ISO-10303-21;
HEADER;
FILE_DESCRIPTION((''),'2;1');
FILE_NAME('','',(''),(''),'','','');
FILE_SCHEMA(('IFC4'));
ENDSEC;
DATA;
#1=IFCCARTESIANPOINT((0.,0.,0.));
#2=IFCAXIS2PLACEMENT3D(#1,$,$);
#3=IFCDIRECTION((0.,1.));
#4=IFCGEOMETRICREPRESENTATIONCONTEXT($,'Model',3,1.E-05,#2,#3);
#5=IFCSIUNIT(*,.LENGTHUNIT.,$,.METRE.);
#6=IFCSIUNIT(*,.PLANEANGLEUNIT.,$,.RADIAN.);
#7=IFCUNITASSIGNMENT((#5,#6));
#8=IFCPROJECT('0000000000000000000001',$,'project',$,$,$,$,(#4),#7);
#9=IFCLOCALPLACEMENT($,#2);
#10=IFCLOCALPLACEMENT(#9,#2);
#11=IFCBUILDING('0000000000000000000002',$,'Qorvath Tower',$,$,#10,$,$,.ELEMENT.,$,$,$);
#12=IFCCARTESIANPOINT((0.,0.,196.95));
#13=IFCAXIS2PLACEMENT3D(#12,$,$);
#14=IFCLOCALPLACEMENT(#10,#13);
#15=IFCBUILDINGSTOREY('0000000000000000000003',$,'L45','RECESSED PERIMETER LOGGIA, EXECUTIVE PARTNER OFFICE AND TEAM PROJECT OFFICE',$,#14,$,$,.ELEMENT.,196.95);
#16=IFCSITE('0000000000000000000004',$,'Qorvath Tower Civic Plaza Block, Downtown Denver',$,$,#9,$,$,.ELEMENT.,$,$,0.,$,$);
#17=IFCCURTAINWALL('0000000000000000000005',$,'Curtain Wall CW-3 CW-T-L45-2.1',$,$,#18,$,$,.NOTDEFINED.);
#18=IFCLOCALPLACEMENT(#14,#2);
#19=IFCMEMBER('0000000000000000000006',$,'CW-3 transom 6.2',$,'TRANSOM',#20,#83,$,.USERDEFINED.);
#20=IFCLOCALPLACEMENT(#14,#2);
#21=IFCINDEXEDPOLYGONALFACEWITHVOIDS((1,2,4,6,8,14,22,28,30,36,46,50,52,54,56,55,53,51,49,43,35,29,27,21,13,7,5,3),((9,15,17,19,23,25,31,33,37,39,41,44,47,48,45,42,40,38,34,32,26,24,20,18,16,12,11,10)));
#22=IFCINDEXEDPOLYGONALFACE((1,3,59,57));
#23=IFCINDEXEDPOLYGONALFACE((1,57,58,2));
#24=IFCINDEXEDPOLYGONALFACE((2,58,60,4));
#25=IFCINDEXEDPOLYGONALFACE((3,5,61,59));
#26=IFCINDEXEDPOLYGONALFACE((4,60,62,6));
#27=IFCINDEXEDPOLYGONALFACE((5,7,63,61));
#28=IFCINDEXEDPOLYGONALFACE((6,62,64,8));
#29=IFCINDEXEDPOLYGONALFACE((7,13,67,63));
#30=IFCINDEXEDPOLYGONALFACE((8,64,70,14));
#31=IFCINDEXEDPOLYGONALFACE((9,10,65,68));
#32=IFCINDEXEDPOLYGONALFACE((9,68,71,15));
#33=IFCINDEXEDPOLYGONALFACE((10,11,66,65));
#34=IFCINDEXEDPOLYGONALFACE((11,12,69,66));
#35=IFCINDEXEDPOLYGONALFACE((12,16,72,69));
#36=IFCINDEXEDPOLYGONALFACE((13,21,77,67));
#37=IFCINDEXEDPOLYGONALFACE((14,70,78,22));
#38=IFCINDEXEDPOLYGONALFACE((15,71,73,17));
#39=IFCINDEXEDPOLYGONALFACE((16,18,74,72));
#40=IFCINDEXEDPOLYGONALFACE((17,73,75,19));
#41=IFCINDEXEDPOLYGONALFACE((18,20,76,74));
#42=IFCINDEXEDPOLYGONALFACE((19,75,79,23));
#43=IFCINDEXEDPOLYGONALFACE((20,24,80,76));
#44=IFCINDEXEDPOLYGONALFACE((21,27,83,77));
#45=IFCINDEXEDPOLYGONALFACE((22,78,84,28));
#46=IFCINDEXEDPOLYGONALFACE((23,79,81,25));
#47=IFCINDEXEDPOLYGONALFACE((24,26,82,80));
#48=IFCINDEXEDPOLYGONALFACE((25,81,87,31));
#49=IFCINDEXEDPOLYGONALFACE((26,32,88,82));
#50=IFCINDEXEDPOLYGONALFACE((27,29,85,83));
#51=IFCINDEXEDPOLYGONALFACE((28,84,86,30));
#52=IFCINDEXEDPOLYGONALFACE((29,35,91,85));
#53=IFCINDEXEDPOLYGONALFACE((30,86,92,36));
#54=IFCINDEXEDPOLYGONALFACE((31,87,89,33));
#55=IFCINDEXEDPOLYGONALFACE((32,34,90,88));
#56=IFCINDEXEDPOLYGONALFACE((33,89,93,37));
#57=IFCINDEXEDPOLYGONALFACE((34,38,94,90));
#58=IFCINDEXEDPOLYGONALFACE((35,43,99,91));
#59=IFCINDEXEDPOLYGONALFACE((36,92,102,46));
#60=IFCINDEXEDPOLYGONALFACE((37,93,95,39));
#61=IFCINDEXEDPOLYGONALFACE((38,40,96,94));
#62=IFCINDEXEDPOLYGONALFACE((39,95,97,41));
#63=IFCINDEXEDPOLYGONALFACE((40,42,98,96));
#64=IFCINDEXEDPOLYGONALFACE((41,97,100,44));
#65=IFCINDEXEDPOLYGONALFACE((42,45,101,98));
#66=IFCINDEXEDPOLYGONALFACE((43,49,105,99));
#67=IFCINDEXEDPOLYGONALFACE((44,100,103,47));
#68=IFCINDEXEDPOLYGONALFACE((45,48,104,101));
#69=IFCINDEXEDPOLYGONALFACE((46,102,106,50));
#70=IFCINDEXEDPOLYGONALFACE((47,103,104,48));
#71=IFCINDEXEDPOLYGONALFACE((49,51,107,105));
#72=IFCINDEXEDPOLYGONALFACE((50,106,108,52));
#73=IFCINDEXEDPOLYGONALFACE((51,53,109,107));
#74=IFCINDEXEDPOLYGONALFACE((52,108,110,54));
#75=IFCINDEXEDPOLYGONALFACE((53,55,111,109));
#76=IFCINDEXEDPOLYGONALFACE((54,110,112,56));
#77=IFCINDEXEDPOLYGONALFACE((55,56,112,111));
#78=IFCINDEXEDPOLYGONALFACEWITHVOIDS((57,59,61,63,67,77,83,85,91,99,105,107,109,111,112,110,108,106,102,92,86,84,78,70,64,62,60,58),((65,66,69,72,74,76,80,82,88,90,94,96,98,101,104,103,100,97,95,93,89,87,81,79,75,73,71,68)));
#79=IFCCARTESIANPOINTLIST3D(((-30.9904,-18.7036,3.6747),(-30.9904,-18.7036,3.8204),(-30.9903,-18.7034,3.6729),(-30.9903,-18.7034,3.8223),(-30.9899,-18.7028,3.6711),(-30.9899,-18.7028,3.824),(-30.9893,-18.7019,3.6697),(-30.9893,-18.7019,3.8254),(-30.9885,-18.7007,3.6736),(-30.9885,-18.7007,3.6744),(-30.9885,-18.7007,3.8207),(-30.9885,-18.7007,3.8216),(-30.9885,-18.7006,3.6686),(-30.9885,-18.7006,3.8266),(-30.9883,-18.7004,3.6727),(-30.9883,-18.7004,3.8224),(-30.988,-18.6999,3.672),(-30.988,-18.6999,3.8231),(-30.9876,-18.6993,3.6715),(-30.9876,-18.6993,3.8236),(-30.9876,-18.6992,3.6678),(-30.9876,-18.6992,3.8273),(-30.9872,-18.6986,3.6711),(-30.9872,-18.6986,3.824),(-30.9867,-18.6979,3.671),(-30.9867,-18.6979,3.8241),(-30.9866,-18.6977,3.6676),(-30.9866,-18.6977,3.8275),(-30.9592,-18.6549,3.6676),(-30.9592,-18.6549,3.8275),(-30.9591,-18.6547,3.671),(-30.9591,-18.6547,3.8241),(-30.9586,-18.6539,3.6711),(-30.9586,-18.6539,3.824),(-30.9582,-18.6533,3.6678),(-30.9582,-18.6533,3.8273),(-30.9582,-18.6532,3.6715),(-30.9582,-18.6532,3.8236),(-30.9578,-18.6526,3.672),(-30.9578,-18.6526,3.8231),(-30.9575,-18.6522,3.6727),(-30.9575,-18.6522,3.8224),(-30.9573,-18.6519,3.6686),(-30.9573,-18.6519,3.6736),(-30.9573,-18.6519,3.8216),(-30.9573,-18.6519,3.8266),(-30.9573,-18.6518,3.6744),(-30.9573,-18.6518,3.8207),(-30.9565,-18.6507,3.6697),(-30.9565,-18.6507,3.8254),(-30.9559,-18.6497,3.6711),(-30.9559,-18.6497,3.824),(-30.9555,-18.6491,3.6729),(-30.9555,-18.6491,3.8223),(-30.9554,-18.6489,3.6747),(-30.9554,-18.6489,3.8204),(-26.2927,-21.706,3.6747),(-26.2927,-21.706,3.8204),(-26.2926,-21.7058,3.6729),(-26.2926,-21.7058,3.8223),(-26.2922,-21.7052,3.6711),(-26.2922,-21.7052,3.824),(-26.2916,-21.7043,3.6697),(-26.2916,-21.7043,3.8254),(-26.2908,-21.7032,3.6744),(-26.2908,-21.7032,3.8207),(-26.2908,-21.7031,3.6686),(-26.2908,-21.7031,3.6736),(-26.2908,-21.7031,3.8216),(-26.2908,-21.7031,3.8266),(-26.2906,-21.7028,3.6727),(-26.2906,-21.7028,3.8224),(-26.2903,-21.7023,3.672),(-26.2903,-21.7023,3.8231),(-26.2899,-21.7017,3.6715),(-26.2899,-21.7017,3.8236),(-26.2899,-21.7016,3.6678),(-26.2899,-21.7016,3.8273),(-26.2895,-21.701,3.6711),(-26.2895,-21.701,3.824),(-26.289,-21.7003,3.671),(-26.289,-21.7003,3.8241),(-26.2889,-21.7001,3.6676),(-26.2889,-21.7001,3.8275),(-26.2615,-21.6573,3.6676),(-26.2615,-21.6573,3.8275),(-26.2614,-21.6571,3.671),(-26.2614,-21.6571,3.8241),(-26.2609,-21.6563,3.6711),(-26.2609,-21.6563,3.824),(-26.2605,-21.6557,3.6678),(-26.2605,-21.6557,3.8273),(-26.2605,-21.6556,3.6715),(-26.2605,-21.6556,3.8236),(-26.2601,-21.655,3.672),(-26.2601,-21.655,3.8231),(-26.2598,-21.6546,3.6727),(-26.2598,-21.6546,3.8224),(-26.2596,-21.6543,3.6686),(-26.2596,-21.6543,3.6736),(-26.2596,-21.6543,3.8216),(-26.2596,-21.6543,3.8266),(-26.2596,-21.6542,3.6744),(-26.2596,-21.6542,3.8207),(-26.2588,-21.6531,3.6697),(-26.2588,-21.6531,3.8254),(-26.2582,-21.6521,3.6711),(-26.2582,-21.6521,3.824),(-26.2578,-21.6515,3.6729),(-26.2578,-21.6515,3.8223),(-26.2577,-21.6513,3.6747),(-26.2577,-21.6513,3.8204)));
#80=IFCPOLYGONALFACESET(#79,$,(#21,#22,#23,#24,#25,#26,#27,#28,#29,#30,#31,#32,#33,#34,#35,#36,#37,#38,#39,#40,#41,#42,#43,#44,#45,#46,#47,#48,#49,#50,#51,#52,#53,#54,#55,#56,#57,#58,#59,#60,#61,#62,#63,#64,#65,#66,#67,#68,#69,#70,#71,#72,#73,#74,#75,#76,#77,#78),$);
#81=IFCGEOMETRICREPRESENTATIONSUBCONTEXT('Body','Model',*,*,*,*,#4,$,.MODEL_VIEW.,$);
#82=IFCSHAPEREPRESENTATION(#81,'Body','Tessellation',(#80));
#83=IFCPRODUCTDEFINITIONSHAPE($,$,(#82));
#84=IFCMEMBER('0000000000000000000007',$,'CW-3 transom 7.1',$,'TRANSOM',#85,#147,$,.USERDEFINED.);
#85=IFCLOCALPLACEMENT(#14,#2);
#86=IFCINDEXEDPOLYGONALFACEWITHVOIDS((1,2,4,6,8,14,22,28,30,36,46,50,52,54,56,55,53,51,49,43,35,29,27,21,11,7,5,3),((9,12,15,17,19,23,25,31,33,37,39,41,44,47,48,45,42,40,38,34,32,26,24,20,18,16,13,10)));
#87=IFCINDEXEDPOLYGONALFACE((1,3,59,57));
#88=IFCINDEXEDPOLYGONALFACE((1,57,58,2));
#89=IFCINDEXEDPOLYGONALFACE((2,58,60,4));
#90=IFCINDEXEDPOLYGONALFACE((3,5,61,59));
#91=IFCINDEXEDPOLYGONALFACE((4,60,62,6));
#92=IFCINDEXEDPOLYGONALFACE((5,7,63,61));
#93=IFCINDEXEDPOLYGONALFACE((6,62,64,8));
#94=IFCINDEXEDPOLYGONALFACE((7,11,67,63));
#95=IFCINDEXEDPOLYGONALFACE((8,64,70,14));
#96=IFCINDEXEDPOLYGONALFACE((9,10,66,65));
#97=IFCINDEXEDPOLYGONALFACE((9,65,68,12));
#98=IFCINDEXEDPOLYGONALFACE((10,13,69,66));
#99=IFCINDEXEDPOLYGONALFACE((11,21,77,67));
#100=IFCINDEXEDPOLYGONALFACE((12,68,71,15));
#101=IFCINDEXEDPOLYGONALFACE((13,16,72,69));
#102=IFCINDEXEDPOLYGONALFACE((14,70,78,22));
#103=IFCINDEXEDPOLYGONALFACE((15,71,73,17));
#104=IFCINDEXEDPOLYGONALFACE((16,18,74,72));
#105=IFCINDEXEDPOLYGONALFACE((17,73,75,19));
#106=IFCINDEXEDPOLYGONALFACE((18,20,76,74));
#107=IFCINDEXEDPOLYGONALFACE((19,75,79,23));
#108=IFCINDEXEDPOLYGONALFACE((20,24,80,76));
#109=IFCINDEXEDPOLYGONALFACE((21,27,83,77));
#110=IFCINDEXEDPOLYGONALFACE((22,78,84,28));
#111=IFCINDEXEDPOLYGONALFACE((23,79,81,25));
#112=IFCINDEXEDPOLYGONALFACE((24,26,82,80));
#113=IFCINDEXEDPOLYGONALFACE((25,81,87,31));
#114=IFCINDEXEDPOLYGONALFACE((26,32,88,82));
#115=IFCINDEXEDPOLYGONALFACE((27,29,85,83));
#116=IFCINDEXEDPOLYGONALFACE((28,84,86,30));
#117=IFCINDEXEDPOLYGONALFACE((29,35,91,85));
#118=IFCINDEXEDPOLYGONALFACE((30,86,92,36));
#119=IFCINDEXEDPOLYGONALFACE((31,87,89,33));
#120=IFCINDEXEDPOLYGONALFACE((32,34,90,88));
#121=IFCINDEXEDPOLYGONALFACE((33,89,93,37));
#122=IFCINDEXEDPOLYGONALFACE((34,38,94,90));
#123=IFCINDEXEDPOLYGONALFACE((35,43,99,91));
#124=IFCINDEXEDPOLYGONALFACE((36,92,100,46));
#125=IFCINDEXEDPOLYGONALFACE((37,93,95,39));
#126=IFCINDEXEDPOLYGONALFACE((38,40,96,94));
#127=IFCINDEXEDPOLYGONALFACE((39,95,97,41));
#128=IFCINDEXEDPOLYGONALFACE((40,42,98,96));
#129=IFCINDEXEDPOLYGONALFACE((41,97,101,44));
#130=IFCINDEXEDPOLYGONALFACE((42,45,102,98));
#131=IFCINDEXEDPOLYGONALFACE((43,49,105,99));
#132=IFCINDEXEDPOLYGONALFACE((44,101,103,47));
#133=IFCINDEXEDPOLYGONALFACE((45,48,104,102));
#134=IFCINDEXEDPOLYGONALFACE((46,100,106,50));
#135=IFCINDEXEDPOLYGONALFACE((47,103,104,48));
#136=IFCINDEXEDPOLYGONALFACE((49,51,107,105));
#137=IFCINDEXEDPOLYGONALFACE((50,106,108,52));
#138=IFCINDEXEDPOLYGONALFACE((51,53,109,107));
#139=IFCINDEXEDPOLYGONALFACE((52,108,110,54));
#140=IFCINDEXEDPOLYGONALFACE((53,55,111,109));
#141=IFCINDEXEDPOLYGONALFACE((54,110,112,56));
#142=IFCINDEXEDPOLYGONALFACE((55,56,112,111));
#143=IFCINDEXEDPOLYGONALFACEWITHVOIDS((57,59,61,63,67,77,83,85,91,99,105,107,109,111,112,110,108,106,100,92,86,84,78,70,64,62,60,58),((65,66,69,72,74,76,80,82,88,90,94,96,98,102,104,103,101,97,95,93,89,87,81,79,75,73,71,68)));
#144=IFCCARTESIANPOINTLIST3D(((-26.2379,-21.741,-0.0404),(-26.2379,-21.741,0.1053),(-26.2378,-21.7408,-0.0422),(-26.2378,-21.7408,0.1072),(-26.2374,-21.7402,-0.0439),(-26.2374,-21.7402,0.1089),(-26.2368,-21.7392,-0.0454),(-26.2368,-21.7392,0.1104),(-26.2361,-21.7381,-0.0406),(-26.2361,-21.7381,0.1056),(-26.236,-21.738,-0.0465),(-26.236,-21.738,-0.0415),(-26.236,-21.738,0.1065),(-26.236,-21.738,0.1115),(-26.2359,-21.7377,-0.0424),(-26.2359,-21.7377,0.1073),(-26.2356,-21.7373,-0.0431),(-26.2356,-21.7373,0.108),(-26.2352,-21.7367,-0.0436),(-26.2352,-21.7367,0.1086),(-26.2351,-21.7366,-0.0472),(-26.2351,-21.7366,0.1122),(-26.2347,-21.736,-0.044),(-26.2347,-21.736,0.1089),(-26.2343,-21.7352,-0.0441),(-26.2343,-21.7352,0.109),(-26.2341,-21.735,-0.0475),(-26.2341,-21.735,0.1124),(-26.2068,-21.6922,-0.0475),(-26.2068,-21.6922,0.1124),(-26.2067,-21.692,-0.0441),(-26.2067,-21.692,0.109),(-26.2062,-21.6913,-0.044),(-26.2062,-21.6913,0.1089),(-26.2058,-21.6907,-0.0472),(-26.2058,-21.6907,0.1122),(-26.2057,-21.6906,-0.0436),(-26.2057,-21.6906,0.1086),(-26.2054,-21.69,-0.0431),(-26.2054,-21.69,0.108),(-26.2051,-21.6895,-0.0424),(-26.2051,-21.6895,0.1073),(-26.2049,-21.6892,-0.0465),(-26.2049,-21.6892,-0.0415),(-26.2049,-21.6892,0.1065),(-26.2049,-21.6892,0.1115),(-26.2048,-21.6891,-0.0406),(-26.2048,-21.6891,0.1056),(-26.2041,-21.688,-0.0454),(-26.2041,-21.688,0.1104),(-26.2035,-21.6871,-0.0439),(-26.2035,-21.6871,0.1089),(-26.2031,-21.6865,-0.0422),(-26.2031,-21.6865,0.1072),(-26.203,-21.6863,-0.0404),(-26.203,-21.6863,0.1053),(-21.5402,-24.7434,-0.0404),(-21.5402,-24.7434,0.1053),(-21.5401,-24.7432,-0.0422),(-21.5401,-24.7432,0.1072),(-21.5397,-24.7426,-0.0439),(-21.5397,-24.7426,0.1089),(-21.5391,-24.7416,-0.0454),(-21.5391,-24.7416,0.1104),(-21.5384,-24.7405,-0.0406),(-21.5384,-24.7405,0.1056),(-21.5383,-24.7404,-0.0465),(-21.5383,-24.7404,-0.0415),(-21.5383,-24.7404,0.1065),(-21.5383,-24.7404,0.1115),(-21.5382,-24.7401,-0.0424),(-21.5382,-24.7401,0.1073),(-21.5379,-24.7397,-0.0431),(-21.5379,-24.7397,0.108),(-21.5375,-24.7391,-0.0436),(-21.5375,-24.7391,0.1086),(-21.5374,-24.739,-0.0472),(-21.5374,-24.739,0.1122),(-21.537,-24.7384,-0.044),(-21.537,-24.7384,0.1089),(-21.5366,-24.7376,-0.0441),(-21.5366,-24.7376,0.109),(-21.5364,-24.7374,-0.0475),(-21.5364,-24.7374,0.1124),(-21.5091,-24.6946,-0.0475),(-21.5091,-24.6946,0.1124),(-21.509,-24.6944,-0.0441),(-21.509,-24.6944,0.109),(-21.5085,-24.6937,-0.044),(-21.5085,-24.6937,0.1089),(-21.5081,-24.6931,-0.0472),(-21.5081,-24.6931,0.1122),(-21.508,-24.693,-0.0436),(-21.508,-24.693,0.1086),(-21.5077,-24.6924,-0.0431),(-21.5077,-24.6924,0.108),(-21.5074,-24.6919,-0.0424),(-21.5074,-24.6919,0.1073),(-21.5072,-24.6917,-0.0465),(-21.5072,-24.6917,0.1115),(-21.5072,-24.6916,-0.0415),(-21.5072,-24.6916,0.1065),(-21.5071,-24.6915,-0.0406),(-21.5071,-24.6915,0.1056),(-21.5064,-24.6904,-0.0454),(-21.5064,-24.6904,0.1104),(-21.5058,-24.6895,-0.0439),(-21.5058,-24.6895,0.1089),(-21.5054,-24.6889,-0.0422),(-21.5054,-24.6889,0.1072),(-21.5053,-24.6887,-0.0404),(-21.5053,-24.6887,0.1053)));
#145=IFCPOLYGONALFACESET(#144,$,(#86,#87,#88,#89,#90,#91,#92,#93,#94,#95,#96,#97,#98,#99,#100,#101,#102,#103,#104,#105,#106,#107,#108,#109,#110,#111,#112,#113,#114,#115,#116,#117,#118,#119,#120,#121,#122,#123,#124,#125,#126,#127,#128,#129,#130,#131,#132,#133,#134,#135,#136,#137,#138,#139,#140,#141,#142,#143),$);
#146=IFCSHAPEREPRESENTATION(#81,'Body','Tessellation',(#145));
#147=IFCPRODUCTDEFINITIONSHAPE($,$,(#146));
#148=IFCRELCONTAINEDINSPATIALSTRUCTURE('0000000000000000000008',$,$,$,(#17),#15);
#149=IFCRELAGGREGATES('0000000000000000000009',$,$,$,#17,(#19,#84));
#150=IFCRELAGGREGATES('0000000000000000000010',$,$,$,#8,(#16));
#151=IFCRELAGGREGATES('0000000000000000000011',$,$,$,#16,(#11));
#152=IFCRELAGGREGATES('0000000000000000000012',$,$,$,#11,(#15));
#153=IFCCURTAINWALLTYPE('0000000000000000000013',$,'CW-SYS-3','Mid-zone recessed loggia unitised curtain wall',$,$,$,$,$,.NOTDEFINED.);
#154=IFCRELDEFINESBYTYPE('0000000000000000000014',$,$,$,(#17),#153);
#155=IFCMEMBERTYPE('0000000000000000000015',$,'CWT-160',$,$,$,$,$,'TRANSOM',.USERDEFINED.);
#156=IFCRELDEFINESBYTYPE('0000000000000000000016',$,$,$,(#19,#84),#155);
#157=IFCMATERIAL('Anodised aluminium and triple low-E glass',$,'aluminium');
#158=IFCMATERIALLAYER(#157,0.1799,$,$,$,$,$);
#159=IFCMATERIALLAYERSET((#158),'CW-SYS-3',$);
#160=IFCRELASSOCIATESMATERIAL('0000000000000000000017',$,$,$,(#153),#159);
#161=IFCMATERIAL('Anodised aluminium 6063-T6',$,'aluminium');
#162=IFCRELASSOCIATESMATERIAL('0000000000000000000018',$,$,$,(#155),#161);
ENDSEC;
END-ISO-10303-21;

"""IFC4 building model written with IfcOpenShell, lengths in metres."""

from ifc_helpers import new_model, si_unit, direction, frame, origin, origin_2d, place, context, subcontext, project, spatial, hollow_rectangle, extrude, material, layer, layer_set, material_profile, profile_set, type_object, element, aggregate, save


model = new_model("IFC4")

# Units and contexts
model_context = context("Model", 3, precision=1e-05, world=origin(), true_north=direction((0.0, 1.0)))
body_context = subcontext(model_context, "Body", "Model", "MODEL_VIEW")
ifc_project = project(units=[si_unit("LENGTHUNIT", "METRE"), si_unit("PLANEANGLEUNIT", "RADIAN")], contexts=[model_context])

# Site, building, storey
site_placement = place(None, origin())
site = spatial("IfcSite", under=ifc_project, at=site_placement, Name="Qorvath Tower Civic Plaza Block, Downtown Denver", CompositionType="ELEMENT", RefElevation=0.0)
building_placement = place(site_placement, origin())
building = spatial("IfcBuilding", under=site, at=building_placement, Name="Qorvath Tower", CompositionType="ELEMENT")
storey_placement = place(building_placement, frame((0.0, 0.0, 196.95)))
storey = spatial("IfcBuildingStorey", under=building, at=storey_placement, Name="L45", Description="RECESSED PERIMETER LOGGIA, EXECUTIVE PARTNER OFFICE AND TEAM PROJECT OFFICE", CompositionType="ELEMENT", Elevation=196.95)

# Curtain wall, members
ifc_material_1 = material(Name="Anodised aluminium and triple low-E glass", Category="aluminium")
ifc_layer_1 = layer(ifc_material_1, 0.1799)
ifc_layer_set_1 = layer_set([ifc_layer_1], Name="CW-SYS-3")
curtain_wall_type = type_object("IfcCurtainWallType", Name="CW-SYS-3", Description="Mid-zone recessed loggia unitised curtain wall", PredefinedType="NOTDEFINED", material=ifc_layer_set_1)
curtain_wall_placement = place(storey_placement, origin())
curtain_wall = element("IfcCurtainWall", 1, at=curtain_wall_placement, inside=storey, type_object=curtain_wall_type, Name="Curtain Wall CW-3 CW-T-L45-2.1", PredefinedType="NOTDEFINED")
ifc_material_2 = material(Name="Anodised aluminium 6063-T6", Category="aluminium")
ifc_material_profile_1 = material_profile(ifc_material_2, hollow_rectangle(XDim=0.0649, YDim=0.1599, WallThickness=0.0034, InnerFilletRadius=0.0034, OuterFilletRadius=0.0071, at=origin_2d()), Name="CWT 160x65")
ifc_profile_set_1 = profile_set([ifc_material_profile_1], Name="Anodised aluminium 6063-T6")
member_type_1 = type_object("IfcMemberType", Name="CWT-160", ElementType="TRANSOM", PredefinedType="USERDEFINED", material=ifc_profile_set_1)
member_1_placement = place(storey_placement, frame((-30.9729, -18.6763, 3.7476), z_axis=(0.842607, -0.538529, 0.0), x_axis=(0.538529, 0.842607, 0.0)))
member_1 = element("IfcMember", 2, at=member_1_placement, type_object=member_type_1, Name="CW-3 transom 6.2", ObjectType="TRANSOM", PredefinedType="USERDEFINED", context=body_context, shape_type="SweptSolid", body=[
    extrude(hollow_rectangle(XDim=0.0649, YDim=0.1599, WallThickness=0.0034, InnerFilletRadius=0.0034, OuterFilletRadius=0.0071, at=origin_2d()), origin(), (0.0, 0.0, 1.0), 5.5752),
])
member_2_placement = place(storey_placement, frame((-26.2205, -21.7136, 0.0325), z_axis=(0.842607, -0.538529, 0.0), x_axis=(0.538529, 0.842607, 0.0)))
member_2 = element("IfcMember", 3, at=member_2_placement, type_object=member_type_1, Name="CW-3 transom 7.1", ObjectType="TRANSOM", PredefinedType="USERDEFINED", context=body_context, shape_type="SweptSolid", body=[
    extrude(hollow_rectangle(XDim=0.0649, YDim=0.1599, WallThickness=0.0034, InnerFilletRadius=0.0034, OuterFilletRadius=0.0071, at=origin_2d()), origin(), (0.0, 0.0, 1.0), 5.5752),
])
aggregate(curtain_wall, [member_1, member_2])

save(model, "model.ifc")
